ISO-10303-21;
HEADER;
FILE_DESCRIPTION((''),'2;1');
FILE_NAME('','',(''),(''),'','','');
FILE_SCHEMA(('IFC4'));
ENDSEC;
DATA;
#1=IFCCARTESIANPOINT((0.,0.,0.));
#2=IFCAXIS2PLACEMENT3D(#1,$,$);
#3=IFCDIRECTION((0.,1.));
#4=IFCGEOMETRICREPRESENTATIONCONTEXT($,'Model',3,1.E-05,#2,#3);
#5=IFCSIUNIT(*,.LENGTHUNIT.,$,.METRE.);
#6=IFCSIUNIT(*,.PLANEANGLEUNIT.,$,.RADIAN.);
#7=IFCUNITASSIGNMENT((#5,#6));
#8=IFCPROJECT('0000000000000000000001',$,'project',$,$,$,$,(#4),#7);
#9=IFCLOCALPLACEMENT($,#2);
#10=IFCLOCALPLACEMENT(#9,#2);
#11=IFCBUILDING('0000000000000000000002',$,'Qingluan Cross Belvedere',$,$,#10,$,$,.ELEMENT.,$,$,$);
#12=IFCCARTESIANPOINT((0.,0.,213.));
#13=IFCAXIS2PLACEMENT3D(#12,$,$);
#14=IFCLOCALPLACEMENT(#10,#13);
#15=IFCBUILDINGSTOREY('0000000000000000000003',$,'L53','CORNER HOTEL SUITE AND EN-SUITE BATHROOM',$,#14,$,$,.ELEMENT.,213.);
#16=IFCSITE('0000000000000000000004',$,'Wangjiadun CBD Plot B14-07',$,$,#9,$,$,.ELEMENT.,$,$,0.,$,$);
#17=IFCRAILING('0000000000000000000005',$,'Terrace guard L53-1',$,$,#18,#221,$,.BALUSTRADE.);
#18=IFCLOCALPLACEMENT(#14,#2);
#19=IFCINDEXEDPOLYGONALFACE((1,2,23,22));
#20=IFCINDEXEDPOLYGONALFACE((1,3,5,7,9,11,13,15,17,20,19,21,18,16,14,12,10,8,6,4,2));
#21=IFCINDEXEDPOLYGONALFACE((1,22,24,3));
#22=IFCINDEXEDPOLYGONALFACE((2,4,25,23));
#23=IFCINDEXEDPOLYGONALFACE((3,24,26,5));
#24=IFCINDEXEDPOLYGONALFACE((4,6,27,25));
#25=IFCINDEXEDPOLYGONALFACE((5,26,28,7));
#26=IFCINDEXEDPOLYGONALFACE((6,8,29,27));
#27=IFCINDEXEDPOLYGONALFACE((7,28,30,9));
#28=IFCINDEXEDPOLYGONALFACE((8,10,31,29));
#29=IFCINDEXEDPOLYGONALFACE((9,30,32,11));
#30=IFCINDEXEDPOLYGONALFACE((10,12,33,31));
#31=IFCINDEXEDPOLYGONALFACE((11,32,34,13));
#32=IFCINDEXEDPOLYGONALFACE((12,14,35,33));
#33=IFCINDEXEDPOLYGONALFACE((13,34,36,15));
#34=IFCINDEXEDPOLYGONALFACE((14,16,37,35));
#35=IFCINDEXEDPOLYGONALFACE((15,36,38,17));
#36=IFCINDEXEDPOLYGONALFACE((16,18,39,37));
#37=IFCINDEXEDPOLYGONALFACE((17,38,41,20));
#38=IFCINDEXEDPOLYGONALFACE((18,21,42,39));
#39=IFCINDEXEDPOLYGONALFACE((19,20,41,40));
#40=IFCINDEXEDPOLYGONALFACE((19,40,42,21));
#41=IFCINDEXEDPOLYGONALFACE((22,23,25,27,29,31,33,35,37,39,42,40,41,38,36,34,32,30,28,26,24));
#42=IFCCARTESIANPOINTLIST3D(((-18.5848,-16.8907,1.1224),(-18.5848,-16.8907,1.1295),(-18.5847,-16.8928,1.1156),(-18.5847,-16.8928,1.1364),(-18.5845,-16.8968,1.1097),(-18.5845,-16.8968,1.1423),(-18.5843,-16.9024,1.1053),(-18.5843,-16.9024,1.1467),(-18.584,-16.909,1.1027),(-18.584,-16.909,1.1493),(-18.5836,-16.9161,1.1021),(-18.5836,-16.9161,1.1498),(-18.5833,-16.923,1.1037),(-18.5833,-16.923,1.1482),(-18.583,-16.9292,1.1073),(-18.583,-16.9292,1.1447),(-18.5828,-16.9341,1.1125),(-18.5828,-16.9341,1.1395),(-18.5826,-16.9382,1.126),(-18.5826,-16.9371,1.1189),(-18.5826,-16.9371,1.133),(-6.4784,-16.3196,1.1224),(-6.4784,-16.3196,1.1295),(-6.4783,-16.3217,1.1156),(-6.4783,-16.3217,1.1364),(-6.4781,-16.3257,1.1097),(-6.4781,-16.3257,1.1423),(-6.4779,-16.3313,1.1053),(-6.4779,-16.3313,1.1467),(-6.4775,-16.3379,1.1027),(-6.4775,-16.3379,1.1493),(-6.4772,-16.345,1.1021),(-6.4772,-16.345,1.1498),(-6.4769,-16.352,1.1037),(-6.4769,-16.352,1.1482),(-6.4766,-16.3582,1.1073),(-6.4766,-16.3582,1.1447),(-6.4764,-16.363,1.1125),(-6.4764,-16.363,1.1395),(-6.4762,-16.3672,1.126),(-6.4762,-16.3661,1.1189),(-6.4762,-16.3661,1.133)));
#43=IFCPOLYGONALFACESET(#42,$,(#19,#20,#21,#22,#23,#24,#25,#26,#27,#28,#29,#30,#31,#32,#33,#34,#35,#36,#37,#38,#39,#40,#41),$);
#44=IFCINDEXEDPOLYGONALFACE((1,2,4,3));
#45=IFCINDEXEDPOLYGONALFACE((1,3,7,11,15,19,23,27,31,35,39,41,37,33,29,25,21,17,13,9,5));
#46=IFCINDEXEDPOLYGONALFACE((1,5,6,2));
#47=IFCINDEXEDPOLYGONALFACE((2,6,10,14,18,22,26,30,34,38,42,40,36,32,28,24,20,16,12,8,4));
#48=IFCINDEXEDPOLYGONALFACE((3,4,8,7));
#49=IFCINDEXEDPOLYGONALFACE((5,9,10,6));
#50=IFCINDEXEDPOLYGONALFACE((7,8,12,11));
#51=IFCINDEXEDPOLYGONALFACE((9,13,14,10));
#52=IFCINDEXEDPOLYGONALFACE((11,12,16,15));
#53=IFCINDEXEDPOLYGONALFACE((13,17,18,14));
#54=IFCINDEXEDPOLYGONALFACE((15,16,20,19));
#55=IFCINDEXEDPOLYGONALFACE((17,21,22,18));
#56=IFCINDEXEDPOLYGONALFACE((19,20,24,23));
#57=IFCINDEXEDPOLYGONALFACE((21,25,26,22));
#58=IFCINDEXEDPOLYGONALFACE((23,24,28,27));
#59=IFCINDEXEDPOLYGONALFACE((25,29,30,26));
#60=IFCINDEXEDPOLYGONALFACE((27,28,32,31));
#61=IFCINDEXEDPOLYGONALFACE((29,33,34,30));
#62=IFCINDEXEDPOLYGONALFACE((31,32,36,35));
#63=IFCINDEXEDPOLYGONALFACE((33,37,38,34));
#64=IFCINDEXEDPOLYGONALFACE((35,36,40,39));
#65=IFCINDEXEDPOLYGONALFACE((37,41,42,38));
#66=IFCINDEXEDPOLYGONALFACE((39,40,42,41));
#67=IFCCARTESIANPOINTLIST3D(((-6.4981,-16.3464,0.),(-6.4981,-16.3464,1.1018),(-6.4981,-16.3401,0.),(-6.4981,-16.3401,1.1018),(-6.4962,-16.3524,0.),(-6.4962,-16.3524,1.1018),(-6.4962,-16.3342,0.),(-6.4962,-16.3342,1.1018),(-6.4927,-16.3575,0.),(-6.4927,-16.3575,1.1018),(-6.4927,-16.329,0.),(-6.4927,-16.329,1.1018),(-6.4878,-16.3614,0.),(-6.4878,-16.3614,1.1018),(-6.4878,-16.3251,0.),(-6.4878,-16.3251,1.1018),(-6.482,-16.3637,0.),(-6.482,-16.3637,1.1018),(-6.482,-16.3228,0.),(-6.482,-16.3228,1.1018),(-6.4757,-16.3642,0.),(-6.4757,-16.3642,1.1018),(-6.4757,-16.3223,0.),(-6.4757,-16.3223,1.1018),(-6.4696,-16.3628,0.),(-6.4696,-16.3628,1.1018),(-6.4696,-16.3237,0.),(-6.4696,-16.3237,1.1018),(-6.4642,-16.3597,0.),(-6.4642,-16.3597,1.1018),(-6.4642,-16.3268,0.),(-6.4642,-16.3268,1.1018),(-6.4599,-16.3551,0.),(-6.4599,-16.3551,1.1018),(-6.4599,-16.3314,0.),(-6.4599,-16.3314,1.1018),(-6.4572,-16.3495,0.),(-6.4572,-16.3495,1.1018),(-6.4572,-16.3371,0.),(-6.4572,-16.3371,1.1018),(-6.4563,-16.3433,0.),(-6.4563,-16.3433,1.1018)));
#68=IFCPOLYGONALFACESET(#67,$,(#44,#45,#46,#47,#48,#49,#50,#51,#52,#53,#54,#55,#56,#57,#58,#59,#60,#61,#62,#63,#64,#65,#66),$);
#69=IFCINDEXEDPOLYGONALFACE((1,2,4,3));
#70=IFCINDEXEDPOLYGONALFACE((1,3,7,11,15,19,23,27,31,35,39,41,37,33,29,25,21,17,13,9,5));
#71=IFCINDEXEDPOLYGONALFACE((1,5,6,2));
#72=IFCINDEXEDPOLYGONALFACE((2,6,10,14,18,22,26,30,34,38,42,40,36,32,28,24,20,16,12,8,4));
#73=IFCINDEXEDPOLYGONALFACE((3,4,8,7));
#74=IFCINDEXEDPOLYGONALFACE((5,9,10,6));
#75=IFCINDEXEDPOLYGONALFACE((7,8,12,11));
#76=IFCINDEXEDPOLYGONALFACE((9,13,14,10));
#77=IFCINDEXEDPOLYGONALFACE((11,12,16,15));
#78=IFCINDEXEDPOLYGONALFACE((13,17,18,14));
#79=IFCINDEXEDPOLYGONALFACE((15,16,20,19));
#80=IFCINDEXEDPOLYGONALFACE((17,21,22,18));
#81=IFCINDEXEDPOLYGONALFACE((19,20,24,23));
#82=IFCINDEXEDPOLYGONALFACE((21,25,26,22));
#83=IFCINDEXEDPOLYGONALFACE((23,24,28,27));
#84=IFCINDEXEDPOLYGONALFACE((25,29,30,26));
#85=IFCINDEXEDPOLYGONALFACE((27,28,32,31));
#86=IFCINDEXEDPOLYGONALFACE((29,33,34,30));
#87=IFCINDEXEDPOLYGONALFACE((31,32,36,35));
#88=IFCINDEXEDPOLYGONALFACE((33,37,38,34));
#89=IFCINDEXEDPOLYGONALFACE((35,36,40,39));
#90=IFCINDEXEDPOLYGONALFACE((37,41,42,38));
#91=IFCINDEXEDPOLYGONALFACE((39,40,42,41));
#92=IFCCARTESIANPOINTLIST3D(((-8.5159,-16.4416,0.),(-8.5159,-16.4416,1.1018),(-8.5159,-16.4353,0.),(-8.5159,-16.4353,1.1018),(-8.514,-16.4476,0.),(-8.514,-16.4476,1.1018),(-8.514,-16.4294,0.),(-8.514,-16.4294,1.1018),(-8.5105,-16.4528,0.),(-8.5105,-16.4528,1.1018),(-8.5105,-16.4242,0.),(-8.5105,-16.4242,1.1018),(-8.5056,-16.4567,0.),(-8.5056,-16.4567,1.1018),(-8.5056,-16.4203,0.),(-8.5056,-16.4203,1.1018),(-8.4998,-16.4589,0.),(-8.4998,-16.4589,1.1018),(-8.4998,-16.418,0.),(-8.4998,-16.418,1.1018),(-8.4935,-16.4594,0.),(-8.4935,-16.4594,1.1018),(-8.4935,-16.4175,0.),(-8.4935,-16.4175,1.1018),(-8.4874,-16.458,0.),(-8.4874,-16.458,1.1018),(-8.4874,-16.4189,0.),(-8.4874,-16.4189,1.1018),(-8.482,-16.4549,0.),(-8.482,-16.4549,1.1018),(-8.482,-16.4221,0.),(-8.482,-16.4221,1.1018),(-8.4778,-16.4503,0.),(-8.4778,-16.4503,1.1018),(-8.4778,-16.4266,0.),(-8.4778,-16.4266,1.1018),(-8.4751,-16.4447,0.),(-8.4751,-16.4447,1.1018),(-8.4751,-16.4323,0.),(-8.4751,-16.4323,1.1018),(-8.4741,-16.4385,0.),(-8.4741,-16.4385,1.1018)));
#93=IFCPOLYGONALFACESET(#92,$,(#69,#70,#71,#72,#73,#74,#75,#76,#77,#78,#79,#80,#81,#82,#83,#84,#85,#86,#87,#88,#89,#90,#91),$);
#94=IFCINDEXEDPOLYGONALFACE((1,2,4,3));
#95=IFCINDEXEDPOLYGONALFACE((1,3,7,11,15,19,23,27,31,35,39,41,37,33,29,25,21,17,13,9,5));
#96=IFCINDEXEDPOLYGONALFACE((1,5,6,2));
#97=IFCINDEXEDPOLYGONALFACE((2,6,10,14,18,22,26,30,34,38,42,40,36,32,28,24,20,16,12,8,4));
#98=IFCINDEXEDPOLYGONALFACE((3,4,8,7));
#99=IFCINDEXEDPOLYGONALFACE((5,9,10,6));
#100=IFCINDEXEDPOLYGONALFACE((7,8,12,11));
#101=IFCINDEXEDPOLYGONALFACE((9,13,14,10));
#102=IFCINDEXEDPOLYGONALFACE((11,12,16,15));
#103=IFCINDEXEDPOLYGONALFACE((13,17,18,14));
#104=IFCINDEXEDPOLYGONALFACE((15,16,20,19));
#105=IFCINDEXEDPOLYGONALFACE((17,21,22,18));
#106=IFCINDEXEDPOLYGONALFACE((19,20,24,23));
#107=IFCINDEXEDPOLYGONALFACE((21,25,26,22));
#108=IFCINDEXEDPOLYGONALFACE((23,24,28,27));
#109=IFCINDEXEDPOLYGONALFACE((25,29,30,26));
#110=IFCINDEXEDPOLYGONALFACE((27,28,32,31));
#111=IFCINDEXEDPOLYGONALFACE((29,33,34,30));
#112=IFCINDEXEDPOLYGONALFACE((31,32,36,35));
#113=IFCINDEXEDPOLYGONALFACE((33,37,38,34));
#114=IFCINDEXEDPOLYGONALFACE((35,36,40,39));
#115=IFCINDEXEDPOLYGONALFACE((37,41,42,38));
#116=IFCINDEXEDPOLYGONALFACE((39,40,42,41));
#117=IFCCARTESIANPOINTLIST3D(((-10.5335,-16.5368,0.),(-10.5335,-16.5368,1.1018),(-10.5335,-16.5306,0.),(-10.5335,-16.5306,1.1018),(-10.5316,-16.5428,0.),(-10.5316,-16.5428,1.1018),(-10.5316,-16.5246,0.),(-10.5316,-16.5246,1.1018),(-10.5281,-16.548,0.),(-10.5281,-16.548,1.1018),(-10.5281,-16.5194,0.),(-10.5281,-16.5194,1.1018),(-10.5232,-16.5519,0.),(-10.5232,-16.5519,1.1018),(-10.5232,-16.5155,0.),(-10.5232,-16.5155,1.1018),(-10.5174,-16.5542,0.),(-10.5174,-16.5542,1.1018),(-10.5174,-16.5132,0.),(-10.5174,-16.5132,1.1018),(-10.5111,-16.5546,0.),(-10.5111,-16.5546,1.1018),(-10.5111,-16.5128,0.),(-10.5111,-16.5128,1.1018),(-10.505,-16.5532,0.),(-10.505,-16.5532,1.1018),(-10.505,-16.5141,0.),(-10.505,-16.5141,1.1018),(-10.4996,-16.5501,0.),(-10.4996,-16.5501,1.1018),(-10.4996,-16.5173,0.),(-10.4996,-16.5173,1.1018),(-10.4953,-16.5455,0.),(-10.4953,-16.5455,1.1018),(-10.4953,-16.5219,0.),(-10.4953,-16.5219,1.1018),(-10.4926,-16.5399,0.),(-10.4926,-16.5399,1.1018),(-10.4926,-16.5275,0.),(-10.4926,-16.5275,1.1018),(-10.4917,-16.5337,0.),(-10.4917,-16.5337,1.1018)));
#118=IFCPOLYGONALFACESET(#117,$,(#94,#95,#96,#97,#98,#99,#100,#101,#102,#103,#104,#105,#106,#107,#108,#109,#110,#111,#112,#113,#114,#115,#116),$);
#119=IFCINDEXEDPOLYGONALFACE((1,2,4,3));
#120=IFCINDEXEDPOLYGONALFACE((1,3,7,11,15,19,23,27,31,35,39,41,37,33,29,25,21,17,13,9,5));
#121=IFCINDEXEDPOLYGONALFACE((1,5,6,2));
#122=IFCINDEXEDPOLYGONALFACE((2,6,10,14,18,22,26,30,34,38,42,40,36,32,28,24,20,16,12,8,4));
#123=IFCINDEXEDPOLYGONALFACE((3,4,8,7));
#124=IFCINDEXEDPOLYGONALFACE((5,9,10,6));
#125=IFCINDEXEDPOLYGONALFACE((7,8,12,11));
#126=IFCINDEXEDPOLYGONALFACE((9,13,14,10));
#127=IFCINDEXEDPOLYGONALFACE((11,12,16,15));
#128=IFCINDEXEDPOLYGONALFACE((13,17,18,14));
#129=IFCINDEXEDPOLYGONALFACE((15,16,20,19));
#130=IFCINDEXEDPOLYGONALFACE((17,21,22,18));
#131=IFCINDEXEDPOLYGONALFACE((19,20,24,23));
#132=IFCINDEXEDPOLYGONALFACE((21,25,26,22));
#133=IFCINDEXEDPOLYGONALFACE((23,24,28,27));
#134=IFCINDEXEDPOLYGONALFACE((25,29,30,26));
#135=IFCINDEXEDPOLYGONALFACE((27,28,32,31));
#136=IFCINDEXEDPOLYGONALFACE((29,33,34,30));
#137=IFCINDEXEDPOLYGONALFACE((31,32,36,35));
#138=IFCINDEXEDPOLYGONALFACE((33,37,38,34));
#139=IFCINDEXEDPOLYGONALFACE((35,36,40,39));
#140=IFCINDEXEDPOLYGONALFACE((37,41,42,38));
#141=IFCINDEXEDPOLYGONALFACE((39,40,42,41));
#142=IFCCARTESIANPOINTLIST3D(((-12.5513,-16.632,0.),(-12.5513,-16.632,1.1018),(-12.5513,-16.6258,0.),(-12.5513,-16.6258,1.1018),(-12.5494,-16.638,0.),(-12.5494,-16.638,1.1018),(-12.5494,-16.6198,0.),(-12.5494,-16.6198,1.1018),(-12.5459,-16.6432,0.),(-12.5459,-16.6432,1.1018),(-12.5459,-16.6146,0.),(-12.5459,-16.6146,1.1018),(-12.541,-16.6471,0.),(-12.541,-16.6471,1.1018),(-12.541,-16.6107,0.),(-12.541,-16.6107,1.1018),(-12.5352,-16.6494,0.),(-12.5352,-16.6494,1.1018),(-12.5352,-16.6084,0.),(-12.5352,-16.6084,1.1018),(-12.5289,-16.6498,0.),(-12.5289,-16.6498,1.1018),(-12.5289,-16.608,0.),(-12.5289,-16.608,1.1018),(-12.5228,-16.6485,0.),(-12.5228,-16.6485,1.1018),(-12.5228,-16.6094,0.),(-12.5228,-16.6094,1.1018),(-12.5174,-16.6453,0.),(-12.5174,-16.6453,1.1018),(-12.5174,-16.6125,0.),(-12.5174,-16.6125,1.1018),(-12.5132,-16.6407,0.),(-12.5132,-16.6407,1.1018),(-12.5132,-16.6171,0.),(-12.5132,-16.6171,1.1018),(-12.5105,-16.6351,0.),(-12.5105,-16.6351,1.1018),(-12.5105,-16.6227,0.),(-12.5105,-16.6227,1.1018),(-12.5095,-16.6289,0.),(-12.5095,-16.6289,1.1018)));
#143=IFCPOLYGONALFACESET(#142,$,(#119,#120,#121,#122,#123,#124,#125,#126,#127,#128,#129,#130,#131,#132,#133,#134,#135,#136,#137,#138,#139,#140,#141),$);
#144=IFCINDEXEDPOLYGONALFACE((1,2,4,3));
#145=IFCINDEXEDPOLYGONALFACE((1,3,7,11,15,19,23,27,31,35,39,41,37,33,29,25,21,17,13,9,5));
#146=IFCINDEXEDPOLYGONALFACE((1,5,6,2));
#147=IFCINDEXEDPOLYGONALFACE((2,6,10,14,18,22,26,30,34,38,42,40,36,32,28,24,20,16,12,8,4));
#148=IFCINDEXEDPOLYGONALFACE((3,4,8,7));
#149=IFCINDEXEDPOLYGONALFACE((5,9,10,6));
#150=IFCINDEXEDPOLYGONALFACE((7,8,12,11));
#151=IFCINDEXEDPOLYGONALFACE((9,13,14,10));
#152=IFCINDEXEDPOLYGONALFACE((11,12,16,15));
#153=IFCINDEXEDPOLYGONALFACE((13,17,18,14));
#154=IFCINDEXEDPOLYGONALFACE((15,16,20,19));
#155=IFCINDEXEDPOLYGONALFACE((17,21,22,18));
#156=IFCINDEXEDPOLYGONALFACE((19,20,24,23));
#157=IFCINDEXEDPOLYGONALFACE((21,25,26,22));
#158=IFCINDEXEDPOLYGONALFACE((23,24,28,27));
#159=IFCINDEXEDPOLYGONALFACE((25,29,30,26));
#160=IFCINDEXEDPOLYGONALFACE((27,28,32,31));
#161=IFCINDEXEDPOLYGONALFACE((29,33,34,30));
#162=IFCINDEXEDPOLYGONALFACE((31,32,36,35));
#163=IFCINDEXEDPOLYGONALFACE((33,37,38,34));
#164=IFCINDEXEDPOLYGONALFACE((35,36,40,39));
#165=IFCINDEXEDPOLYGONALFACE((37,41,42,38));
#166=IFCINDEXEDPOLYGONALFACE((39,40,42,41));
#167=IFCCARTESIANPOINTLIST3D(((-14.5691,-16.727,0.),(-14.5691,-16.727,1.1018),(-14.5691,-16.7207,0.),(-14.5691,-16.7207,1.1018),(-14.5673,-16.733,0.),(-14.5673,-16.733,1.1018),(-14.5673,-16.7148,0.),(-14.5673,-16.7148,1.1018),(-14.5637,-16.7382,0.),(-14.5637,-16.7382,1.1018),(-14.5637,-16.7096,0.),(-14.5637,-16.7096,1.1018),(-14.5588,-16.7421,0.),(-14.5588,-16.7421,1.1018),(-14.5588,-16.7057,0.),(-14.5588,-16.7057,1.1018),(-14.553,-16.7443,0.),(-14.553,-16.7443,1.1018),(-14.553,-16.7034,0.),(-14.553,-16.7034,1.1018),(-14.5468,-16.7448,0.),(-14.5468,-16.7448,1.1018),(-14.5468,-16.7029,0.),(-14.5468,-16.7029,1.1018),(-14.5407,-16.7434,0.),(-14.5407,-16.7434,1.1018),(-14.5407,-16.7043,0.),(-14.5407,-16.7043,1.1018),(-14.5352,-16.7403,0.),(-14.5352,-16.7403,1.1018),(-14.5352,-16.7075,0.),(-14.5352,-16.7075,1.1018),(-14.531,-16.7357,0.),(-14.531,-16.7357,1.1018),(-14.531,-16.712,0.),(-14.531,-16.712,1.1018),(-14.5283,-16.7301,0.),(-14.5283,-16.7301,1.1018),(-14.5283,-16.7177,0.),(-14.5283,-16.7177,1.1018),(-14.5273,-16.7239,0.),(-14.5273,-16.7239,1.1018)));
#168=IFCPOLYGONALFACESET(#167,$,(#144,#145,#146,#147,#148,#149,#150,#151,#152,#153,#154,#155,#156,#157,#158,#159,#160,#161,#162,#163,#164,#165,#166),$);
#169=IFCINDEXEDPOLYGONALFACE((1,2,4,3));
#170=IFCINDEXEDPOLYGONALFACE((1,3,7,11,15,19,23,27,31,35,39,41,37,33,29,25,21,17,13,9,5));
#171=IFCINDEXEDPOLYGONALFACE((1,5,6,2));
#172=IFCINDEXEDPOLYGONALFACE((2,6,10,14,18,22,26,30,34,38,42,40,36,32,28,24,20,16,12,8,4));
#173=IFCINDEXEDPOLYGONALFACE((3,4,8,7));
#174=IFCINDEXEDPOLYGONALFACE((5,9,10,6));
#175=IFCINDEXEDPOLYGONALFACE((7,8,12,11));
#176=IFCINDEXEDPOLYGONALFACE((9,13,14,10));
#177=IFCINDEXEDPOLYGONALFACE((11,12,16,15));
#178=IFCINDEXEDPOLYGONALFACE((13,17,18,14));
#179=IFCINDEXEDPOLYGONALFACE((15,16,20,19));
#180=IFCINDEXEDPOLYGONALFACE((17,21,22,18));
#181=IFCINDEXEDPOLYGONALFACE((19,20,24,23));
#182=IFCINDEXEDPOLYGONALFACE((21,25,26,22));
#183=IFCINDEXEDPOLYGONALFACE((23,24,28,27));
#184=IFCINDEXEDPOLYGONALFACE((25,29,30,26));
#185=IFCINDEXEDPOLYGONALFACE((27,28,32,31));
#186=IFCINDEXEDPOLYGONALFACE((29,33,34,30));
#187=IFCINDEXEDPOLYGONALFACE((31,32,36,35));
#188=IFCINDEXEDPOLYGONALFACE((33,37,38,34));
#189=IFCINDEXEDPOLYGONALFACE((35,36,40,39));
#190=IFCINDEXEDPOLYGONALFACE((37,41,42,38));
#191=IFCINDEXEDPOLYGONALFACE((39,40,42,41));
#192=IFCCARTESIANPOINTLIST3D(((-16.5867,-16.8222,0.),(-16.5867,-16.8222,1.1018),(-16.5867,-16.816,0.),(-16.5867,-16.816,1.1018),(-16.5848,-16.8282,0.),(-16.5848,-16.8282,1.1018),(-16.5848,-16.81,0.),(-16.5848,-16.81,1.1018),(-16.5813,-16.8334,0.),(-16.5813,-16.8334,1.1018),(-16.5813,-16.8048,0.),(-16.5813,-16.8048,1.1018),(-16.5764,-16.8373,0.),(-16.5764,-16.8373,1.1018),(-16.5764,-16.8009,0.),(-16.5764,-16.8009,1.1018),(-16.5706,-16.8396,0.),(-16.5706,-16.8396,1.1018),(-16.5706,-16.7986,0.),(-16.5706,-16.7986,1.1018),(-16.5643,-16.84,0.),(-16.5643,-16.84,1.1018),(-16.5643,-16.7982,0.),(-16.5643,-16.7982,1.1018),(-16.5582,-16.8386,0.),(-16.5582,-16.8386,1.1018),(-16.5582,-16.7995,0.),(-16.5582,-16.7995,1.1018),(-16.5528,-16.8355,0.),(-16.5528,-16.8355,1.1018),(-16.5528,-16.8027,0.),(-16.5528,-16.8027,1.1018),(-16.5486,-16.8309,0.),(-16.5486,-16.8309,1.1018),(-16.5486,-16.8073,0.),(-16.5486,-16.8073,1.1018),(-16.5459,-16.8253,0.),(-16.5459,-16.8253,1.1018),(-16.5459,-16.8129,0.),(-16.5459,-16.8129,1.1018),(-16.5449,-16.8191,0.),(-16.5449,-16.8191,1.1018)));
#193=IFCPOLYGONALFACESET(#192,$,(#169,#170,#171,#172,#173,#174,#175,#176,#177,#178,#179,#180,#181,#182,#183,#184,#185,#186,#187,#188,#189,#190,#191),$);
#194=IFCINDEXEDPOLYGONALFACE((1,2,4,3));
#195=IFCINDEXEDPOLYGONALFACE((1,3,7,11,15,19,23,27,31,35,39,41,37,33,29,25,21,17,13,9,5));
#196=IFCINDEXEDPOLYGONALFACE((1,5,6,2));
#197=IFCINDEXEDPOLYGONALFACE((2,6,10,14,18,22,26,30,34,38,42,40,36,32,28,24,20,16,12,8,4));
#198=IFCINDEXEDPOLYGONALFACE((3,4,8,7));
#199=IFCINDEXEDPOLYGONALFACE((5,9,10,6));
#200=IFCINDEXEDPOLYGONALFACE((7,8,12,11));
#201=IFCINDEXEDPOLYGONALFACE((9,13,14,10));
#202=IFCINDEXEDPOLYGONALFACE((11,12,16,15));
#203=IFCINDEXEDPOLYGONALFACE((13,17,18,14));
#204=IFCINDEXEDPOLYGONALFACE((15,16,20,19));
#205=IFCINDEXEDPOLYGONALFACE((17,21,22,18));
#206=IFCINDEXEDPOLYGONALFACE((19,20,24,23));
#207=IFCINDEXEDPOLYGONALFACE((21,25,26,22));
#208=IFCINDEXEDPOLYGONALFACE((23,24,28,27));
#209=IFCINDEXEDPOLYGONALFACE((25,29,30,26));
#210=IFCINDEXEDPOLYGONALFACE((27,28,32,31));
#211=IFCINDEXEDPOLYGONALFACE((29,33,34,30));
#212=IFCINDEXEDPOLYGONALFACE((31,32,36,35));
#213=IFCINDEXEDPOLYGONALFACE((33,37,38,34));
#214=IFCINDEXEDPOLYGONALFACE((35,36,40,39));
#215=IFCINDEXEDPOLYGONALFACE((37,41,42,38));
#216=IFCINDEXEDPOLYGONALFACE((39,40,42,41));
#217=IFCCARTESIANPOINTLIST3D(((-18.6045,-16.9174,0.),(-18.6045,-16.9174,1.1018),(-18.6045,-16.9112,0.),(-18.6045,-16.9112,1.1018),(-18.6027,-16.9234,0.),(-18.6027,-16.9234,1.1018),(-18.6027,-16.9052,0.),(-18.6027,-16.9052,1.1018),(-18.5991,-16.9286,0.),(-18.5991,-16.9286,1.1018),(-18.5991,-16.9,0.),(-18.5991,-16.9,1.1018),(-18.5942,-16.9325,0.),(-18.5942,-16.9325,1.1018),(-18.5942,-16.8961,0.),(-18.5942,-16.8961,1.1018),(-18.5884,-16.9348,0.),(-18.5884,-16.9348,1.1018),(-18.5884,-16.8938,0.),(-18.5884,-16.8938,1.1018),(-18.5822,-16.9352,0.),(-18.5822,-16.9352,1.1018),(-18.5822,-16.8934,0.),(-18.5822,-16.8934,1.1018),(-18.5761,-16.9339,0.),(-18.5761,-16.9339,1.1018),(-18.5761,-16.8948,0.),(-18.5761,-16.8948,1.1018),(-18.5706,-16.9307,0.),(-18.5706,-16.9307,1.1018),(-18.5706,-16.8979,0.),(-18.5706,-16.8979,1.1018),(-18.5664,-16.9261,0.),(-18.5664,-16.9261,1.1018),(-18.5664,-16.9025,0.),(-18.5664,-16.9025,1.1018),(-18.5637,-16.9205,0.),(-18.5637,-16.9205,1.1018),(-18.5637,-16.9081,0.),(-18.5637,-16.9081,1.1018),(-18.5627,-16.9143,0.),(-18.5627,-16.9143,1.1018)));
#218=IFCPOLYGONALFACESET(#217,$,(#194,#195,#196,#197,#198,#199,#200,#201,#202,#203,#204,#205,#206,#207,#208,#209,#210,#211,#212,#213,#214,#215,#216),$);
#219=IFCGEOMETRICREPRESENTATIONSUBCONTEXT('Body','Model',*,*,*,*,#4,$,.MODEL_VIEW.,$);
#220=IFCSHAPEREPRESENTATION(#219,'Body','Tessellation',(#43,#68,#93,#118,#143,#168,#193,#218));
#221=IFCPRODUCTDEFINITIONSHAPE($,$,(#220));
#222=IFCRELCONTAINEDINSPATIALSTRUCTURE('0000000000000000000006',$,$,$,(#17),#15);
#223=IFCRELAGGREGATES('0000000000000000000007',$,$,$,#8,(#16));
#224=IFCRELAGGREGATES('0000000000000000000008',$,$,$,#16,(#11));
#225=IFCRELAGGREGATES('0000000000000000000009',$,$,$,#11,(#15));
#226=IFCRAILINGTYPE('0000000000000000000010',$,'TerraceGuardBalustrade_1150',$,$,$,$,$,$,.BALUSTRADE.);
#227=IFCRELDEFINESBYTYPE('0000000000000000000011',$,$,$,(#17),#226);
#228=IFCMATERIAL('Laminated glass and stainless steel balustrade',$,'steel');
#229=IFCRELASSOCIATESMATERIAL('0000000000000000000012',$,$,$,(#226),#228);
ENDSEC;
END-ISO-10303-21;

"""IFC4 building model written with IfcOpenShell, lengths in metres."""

from ifc_helpers import new_model, si_unit, direction, frame, origin, origin_2d, place, context, subcontext, project, spatial, circle, extrude, material, type_object, element, save


model = new_model("IFC4")

# Units and contexts
model_context = context("Model", 3, precision=1e-05, world=origin(), true_north=direction((0.0, 1.0)))
body_context = subcontext(model_context, "Body", "Model", "MODEL_VIEW")
ifc_project = project(units=[si_unit("LENGTHUNIT", "METRE"), si_unit("PLANEANGLEUNIT", "RADIAN")], contexts=[model_context])

# Site, building, storey
site_placement = place(None, origin())
site = spatial("IfcSite", under=ifc_project, at=site_placement, Name="Wangjiadun CBD Plot B14-07", CompositionType="ELEMENT", RefElevation=0.0)
building_placement = place(site_placement, origin())
building = spatial("IfcBuilding", under=site, at=building_placement, Name="Qingluan Cross Belvedere", CompositionType="ELEMENT")
storey_placement = place(building_placement, frame((0.0, 0.0, 213.0)))
storey = spatial("IfcBuildingStorey", under=building, at=storey_placement, Name="L53", Description="CORNER HOTEL SUITE AND EN-SUITE BATHROOM", CompositionType="ELEMENT", Elevation=213.0)

# Railing
ifc_material_1 = material(Name="Laminated glass and stainless steel balustrade", Category="steel")
railing_type = type_object("IfcRailingType", Name="TerraceGuardBalustrade_1150", PredefinedType="BALUSTRADE", material=ifc_material_1)
railing_1_placement = place(storey_placement, frame((-6.4773, -16.3433, 0.0)))
element("IfcRailing", 1, at=railing_1_placement, inside=storey, type_object=railing_type, Name="Terrace guard L53-1", PredefinedType="BALUSTRADE", context=body_context, shape_type="SweptSolid", body=[
    extrude(circle(Radius=0.0239, at=origin_2d()), frame((0.0, 0.0, 1.126), z_axis=(-0.998889, -0.047116, 0.0), x_axis=(0.047116, -0.998889, 0.0)), (0.0, 0.0, 1.0), 12.1199),
    extrude(circle(Radius=0.021, at=origin_2d()), origin(), (0.0, 0.0, 1.0), 1.1018),
    extrude(circle(Radius=0.021, at=origin_2d()), frame((-2.0178, -0.0952, 0.0)), (0.0, 0.0, 1.0), 1.1018),
    extrude(circle(Radius=0.021, at=origin_2d()), frame((-4.0354, -0.1904, 0.0)), (0.0, 0.0, 1.0), 1.1018),
    extrude(circle(Radius=0.021, at=origin_2d()), frame((-6.0532, -0.2856, 0.0)), (0.0, 0.0, 1.0), 1.1018),
    extrude(circle(Radius=0.021, at=origin_2d()), frame((-8.071, -0.3806, 0.0)), (0.0, 0.0, 1.0), 1.1018),
    extrude(circle(Radius=0.021, at=origin_2d()), frame((-10.0886, -0.4758, 0.0)), (0.0, 0.0, 1.0), 1.1018),
    extrude(circle(Radius=0.021, at=origin_2d()), frame((-12.1064, -0.571, 0.0)), (0.0, 0.0, 1.0), 1.1018),
])

save(model, "model.ifc")
